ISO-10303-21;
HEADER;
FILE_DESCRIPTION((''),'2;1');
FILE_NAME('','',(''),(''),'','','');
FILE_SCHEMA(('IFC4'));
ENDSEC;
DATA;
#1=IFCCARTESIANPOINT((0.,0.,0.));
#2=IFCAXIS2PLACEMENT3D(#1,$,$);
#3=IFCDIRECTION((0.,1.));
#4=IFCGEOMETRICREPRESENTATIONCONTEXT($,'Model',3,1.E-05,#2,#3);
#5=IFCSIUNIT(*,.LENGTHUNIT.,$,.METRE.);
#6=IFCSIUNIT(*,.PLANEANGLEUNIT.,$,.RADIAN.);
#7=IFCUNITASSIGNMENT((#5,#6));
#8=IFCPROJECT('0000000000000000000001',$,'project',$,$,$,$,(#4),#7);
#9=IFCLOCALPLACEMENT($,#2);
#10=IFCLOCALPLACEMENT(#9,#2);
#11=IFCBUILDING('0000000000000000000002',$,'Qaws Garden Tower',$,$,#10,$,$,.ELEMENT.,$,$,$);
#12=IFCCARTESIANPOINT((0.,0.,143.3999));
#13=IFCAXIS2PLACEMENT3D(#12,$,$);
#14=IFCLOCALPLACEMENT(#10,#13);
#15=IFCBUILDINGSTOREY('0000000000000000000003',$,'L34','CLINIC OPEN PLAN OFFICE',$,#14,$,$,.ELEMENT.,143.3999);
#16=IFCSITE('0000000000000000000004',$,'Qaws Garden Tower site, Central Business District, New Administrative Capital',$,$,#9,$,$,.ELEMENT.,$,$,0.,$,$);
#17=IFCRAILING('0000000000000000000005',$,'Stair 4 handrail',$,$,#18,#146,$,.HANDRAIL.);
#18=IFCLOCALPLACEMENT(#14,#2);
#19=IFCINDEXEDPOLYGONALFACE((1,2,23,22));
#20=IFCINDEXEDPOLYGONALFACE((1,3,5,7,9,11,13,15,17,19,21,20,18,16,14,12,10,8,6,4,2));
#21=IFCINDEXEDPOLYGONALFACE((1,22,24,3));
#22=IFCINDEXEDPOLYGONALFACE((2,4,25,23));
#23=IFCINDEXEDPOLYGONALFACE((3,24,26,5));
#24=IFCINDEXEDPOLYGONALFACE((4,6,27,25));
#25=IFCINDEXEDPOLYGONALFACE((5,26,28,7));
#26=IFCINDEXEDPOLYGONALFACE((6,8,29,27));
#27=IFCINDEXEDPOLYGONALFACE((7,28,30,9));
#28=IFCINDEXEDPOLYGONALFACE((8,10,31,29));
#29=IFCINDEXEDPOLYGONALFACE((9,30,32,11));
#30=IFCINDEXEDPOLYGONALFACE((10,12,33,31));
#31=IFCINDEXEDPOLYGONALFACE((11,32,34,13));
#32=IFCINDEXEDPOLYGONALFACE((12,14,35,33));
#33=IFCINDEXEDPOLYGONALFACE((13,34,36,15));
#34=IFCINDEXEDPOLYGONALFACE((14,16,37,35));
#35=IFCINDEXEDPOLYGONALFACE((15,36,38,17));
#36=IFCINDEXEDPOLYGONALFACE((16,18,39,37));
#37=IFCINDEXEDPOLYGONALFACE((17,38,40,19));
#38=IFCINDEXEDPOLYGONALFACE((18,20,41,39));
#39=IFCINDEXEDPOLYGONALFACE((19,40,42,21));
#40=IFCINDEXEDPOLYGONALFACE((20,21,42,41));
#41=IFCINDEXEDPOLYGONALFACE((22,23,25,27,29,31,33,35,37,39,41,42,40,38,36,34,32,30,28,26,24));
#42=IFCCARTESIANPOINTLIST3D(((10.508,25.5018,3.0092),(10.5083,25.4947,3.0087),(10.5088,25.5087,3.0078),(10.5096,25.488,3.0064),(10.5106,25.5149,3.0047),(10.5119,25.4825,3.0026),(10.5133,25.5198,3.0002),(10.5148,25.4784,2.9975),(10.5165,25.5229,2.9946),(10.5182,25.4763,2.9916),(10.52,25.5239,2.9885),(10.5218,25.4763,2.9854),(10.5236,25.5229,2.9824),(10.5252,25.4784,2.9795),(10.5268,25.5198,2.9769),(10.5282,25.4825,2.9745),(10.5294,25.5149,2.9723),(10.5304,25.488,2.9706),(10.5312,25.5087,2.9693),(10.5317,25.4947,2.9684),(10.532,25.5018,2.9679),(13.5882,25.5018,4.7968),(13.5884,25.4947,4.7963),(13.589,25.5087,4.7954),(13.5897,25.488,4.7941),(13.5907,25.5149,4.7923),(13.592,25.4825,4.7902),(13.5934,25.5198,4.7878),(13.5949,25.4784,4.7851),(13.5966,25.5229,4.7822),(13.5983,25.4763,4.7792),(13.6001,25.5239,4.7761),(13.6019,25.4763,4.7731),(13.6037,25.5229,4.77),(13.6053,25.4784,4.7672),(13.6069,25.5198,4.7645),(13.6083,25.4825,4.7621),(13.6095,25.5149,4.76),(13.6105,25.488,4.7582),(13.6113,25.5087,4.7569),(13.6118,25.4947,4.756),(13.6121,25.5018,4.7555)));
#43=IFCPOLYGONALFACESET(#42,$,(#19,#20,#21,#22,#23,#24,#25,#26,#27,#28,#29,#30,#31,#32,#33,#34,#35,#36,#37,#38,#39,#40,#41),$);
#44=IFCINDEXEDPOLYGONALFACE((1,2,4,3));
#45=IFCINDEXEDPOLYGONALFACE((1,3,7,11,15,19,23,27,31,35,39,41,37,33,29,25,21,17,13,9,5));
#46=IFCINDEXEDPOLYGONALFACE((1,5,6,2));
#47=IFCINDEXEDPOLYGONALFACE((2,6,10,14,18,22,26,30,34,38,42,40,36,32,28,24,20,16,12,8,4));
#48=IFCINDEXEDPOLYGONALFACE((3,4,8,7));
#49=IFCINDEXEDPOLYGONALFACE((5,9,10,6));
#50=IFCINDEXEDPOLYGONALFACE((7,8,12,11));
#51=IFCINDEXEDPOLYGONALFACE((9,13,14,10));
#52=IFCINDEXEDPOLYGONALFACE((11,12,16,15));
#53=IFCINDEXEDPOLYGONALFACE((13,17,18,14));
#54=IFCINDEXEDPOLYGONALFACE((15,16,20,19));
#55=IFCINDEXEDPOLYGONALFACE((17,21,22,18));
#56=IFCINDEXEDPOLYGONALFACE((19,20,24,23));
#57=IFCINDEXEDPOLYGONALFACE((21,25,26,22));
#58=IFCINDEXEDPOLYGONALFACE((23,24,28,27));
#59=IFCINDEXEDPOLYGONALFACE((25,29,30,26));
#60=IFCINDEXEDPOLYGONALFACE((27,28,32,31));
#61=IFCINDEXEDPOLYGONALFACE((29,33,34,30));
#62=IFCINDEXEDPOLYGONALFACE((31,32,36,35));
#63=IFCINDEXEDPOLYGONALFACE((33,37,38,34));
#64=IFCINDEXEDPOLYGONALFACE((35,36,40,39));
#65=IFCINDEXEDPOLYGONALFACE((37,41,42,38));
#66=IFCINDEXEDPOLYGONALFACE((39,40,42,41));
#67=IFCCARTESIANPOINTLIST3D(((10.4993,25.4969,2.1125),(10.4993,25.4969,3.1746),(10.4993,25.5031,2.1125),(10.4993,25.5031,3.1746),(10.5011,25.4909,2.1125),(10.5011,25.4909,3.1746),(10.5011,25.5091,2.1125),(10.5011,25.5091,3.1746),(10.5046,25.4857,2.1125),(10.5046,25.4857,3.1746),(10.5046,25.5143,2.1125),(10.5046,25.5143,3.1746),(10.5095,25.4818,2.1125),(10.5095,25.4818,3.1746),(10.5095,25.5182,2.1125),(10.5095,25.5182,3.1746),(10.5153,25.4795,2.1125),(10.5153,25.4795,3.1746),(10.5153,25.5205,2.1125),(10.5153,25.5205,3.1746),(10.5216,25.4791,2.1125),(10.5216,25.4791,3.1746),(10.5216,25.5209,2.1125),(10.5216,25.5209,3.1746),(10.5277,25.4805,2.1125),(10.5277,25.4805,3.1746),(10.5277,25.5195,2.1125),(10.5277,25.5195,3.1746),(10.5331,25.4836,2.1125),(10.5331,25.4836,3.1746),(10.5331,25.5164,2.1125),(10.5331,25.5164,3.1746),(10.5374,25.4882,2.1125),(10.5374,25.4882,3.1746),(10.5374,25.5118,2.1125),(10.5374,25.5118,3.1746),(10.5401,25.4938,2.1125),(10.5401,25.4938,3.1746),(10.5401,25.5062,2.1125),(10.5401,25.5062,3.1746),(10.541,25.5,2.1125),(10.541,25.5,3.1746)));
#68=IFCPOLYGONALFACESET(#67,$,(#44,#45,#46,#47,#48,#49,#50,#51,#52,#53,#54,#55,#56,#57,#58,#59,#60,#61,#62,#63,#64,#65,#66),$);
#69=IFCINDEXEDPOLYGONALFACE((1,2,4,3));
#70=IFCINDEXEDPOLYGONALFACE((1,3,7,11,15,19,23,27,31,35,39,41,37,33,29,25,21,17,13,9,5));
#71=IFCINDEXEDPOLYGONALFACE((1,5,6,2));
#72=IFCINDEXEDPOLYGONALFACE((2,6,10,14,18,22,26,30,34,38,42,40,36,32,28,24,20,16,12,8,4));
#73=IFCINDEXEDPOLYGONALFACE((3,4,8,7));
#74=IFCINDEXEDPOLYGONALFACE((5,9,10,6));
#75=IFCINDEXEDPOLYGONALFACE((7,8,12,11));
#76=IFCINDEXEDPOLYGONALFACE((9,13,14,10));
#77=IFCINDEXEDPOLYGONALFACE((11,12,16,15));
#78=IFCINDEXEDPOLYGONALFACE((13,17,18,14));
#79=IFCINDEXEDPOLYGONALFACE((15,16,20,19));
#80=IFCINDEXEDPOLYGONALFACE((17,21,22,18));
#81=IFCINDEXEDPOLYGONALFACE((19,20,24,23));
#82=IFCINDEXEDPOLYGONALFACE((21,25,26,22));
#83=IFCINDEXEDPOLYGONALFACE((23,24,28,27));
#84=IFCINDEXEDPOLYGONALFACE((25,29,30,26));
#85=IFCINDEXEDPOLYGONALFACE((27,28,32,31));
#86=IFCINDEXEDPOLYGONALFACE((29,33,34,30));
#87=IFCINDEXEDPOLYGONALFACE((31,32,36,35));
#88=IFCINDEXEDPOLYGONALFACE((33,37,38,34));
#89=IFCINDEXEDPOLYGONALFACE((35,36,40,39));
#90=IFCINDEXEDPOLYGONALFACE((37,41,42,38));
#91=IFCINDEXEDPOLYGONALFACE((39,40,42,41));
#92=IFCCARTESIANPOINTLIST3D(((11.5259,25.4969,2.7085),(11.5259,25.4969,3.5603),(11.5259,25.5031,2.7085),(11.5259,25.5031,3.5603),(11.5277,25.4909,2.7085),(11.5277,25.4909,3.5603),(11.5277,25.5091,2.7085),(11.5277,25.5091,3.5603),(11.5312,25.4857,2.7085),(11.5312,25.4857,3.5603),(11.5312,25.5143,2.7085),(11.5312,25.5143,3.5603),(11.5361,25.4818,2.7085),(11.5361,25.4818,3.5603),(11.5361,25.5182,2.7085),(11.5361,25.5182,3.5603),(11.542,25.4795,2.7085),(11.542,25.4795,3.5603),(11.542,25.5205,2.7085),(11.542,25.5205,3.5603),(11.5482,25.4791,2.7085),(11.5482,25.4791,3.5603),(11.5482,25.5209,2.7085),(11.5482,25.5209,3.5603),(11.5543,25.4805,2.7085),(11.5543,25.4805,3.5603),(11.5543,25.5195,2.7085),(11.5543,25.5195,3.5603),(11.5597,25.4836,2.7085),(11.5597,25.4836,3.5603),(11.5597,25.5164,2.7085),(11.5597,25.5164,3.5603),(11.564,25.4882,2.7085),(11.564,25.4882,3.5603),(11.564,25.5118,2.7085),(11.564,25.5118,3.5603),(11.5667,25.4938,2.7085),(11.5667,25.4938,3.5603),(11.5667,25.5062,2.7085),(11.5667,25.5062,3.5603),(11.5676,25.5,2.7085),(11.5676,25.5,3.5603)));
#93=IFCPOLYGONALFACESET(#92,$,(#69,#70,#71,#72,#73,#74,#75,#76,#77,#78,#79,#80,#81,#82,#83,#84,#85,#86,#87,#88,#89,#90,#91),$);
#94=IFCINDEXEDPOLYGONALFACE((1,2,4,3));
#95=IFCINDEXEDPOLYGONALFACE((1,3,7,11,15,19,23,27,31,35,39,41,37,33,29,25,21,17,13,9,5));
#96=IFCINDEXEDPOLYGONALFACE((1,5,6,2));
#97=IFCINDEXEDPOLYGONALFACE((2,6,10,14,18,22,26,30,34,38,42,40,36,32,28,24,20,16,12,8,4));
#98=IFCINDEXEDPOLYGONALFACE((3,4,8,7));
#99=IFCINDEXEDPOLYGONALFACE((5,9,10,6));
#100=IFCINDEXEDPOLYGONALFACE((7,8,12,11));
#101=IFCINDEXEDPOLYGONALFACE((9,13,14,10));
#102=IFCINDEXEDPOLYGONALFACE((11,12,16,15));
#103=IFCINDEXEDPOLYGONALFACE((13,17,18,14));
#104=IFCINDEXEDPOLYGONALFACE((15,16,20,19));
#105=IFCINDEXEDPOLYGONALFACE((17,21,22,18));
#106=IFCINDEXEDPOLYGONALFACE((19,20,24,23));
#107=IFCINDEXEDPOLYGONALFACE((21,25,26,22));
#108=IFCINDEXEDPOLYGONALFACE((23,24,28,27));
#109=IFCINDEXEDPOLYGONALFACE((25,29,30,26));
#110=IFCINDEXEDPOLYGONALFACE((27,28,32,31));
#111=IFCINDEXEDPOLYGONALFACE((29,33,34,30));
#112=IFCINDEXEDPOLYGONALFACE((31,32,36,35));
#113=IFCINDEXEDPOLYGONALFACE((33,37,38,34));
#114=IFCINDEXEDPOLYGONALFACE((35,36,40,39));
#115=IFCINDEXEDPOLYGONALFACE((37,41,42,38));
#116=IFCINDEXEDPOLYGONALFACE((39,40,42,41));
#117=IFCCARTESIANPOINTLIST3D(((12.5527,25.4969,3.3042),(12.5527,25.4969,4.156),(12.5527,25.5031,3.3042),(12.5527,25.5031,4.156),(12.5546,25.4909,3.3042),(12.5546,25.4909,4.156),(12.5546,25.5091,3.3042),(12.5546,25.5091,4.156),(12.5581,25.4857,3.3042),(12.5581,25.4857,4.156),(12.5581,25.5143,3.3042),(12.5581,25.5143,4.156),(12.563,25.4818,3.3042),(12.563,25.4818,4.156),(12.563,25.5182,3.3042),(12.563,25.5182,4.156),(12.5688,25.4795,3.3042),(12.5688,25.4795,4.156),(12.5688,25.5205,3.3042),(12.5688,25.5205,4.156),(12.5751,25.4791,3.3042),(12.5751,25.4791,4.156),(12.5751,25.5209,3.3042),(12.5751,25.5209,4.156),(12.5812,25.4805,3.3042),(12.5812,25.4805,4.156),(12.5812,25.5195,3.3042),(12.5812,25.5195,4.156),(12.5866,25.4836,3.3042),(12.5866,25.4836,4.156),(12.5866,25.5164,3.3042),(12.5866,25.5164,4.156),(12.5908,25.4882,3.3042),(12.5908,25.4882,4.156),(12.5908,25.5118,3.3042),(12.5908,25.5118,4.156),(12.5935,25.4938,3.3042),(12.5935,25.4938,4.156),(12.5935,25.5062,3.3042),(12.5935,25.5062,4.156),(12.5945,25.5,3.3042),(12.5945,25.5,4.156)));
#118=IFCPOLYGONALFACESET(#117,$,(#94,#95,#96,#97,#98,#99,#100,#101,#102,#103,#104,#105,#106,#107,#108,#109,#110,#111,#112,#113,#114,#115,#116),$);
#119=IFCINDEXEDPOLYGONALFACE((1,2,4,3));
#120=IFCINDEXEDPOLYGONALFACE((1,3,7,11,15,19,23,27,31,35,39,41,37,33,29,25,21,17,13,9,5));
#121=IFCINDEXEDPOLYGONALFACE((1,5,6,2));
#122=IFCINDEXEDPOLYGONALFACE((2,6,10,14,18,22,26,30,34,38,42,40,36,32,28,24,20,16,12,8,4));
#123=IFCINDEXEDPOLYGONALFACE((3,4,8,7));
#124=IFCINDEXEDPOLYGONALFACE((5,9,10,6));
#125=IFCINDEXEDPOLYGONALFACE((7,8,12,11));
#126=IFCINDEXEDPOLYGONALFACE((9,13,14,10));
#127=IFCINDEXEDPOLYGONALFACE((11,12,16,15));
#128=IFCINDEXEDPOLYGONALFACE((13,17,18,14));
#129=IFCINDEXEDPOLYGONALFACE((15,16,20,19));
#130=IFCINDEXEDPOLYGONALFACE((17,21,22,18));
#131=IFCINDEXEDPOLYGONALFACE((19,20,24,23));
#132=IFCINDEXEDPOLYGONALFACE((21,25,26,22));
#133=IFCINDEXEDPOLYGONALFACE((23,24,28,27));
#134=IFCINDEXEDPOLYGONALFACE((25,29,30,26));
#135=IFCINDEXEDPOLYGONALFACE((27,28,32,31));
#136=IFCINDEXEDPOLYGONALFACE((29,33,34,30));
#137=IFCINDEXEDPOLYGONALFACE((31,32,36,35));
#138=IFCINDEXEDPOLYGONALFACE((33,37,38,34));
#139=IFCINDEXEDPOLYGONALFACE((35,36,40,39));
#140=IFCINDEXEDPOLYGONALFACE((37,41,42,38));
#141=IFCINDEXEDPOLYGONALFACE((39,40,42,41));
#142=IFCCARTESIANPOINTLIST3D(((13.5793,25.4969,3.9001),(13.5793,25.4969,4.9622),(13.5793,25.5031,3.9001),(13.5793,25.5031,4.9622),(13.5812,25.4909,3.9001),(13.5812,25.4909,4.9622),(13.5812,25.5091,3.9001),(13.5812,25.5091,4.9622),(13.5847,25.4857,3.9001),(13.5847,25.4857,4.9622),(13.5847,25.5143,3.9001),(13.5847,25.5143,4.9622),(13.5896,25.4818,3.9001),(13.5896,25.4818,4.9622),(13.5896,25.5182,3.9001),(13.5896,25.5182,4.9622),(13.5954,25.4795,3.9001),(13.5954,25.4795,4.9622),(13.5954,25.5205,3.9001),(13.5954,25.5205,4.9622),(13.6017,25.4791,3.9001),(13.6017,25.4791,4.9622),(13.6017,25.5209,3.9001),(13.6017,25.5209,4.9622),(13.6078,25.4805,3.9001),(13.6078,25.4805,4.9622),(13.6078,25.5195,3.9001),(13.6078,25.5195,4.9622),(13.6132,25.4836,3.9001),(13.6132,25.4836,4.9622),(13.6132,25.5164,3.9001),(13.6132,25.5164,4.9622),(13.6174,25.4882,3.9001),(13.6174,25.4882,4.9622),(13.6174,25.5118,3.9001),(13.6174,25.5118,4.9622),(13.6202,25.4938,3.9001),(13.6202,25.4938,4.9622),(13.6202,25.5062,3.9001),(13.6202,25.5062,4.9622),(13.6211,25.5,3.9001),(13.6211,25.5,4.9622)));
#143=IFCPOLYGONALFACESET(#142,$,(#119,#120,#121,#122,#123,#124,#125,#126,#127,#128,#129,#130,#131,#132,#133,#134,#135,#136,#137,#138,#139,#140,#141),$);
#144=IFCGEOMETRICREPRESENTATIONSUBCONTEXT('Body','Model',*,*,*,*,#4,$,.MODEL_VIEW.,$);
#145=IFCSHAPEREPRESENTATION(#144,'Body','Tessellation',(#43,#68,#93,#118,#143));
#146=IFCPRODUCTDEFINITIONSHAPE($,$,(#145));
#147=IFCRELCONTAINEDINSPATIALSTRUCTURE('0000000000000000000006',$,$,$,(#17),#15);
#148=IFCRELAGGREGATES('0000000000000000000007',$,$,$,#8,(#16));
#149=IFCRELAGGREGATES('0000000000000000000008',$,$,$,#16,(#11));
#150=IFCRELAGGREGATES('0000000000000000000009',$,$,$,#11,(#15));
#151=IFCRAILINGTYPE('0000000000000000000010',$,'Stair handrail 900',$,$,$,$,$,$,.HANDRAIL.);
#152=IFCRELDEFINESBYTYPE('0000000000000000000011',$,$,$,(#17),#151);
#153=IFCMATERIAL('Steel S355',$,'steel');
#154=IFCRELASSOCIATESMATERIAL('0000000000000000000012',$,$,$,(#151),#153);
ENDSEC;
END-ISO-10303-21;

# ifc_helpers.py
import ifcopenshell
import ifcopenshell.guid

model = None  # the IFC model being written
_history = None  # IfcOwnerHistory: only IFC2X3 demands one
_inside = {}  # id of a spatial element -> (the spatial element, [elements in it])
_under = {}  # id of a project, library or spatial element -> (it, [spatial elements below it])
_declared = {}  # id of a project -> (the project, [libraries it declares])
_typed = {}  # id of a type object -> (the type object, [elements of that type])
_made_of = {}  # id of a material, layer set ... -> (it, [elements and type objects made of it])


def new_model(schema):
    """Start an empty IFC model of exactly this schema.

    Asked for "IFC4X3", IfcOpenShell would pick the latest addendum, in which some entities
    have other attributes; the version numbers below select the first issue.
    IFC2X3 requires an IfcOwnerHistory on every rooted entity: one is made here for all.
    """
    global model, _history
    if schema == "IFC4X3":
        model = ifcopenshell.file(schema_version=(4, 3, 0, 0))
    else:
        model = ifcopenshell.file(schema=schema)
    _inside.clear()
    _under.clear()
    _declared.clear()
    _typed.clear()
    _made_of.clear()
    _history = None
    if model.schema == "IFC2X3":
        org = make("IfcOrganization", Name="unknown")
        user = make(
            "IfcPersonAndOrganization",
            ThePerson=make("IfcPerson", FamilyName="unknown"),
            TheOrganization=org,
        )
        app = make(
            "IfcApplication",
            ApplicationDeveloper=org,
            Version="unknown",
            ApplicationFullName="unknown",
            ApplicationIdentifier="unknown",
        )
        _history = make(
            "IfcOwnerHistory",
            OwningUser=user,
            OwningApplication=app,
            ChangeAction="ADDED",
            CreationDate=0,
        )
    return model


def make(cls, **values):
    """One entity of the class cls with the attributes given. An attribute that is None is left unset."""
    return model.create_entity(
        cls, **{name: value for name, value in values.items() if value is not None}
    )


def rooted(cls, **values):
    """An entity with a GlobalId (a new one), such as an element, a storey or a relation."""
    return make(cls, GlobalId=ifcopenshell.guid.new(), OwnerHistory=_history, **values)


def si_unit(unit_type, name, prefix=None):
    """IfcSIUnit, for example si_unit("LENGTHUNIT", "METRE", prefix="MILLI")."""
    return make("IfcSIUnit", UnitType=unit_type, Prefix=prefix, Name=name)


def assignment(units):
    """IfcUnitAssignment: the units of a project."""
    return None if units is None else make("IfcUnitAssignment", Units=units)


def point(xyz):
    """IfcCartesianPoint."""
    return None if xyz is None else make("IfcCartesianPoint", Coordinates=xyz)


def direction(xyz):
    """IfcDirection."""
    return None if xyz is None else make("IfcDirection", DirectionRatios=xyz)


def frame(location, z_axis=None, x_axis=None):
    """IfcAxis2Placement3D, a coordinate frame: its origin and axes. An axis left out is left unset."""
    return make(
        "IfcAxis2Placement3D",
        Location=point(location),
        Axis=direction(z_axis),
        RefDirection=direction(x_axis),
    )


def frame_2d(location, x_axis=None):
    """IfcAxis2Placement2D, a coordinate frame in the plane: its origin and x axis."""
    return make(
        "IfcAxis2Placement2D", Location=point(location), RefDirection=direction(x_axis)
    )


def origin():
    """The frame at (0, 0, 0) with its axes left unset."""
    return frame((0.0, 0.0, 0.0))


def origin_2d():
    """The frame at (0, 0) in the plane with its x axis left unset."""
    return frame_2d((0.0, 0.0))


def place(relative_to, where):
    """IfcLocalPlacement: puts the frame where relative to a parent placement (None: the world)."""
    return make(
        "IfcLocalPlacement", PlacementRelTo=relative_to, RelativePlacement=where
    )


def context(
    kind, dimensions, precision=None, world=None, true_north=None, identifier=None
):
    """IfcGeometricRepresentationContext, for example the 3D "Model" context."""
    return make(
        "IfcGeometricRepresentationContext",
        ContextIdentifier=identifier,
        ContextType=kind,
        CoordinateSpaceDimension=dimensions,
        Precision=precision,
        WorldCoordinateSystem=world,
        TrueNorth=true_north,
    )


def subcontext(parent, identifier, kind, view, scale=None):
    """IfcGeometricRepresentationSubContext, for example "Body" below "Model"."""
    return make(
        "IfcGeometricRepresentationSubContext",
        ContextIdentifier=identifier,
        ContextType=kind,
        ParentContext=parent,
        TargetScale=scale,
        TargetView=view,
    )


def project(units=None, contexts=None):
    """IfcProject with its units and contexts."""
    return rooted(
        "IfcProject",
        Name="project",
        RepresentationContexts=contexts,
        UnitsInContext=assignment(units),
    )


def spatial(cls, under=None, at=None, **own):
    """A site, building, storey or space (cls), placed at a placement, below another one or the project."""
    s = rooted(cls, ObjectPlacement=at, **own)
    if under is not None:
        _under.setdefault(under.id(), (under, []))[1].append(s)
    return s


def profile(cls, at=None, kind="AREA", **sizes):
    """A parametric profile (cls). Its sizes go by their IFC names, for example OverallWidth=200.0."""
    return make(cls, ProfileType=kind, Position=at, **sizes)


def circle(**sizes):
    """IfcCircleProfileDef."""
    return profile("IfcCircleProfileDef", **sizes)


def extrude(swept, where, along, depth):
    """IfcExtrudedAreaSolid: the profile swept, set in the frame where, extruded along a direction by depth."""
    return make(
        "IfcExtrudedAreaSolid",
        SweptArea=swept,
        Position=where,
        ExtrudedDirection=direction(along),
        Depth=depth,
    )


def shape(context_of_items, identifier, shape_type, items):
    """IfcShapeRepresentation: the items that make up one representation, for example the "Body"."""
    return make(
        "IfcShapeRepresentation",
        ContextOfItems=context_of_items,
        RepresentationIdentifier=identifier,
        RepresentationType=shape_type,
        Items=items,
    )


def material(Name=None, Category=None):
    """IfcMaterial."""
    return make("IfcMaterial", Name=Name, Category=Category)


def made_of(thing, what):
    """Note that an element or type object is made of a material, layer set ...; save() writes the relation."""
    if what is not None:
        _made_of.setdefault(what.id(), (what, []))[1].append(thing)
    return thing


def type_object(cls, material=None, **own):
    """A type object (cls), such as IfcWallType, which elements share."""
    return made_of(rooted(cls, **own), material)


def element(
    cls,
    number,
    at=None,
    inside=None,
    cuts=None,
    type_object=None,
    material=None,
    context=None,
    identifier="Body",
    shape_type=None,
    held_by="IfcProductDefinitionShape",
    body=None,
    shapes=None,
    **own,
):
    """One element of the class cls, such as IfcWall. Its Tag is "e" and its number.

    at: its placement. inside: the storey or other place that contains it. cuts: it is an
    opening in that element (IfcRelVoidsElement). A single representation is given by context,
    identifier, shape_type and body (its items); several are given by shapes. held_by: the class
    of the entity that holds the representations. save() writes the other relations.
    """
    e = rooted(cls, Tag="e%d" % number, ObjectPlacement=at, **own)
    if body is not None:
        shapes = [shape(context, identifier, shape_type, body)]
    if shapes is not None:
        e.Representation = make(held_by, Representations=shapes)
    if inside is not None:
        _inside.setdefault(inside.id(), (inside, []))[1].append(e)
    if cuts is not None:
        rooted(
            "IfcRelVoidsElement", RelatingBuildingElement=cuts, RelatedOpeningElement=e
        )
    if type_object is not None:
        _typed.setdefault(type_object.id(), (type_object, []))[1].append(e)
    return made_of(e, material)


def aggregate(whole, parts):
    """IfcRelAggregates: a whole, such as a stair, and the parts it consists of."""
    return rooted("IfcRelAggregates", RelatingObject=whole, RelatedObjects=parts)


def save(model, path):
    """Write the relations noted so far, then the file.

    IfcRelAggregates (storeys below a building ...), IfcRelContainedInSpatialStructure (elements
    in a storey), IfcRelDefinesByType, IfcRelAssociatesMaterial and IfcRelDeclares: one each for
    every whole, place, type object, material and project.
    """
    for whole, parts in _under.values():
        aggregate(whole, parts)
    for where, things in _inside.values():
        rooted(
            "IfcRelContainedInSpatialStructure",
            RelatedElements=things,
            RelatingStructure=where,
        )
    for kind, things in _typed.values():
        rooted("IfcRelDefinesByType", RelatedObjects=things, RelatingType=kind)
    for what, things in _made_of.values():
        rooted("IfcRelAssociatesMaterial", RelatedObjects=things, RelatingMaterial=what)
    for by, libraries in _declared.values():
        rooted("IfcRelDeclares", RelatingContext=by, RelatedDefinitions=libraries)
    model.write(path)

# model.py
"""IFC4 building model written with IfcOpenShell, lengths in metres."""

from ifc_helpers import new_model, si_unit, direction, frame, origin, origin_2d, place, context, subcontext, project, spatial, circle, extrude, material, type_object, element, save


model = new_model("IFC4")

# Units and contexts
model_context = context("Model", 3, precision=1e-05, world=origin(), true_north=direction((0.0, 1.0)))
body_context = subcontext(model_context, "Body", "Model", "MODEL_VIEW")
ifc_project = project(units=[si_unit("LENGTHUNIT", "METRE"), si_unit("PLANEANGLEUNIT", "RADIAN")], contexts=[model_context])

# Site, building, storey
site_placement = place(None, origin())
site = spatial("IfcSite", under=ifc_project, at=site_placement, Name="Qaws Garden Tower site, Central Business District, New Administrative Capital", CompositionType="ELEMENT", RefElevation=0.0)
building_placement = place(site_placement, origin())
building = spatial("IfcBuilding", under=site, at=building_placement, Name="Qaws Garden Tower", CompositionType="ELEMENT")
storey_placement = place(building_placement, frame((0.0, 0.0, 143.3999)))
storey = spatial("IfcBuildingStorey", under=building, at=storey_placement, Name="L34", Description="CLINIC OPEN PLAN OFFICE", CompositionType="ELEMENT", Elevation=143.3999)

# Railing
ifc_material_1 = material(Name="Steel S355", Category="steel")
railing_type = type_object("IfcRailingType", Name="Stair handrail 900", PredefinedType="HANDRAIL", material=ifc_material_1)
railing_1_placement = place(storey_placement, frame((10.52, 25.5, 2.1125)))
element("IfcRailing", 1, at=railing_1_placement, inside=storey, type_object=railing_type, Name="Stair 4 handrail", PredefinedType="HANDRAIL", context=body_context, shape_type="SweptSolid", body=[
    extrude(circle(Radius=0.0239, at=origin_2d()), frame((0.0, 0.0, 0.876), z_axis=(0.864891, 0.0, 0.50196), x_axis=(0.0, 1.0, 0.0)), (0.0, 0.0, 1.0), 3.5613),
    extrude(circle(Radius=0.021, at=origin_2d()), origin(), (0.0, 0.0, 1.0), 1.062),
    extrude(circle(Radius=0.021, at=origin_2d()), frame((1.0266, 0.0, 0.5959)), (0.0, 0.0, 1.0), 0.8518),
    extrude(circle(Radius=0.021, at=origin_2d()), frame((2.0535, 0.0, 1.1917)), (0.0, 0.0, 1.0), 0.8518),
    extrude(circle(Radius=0.021, at=origin_2d()), frame((3.0801, 0.0, 1.7876)), (0.0, 0.0, 1.0), 1.062),
])

save(model, "model.ifc")
